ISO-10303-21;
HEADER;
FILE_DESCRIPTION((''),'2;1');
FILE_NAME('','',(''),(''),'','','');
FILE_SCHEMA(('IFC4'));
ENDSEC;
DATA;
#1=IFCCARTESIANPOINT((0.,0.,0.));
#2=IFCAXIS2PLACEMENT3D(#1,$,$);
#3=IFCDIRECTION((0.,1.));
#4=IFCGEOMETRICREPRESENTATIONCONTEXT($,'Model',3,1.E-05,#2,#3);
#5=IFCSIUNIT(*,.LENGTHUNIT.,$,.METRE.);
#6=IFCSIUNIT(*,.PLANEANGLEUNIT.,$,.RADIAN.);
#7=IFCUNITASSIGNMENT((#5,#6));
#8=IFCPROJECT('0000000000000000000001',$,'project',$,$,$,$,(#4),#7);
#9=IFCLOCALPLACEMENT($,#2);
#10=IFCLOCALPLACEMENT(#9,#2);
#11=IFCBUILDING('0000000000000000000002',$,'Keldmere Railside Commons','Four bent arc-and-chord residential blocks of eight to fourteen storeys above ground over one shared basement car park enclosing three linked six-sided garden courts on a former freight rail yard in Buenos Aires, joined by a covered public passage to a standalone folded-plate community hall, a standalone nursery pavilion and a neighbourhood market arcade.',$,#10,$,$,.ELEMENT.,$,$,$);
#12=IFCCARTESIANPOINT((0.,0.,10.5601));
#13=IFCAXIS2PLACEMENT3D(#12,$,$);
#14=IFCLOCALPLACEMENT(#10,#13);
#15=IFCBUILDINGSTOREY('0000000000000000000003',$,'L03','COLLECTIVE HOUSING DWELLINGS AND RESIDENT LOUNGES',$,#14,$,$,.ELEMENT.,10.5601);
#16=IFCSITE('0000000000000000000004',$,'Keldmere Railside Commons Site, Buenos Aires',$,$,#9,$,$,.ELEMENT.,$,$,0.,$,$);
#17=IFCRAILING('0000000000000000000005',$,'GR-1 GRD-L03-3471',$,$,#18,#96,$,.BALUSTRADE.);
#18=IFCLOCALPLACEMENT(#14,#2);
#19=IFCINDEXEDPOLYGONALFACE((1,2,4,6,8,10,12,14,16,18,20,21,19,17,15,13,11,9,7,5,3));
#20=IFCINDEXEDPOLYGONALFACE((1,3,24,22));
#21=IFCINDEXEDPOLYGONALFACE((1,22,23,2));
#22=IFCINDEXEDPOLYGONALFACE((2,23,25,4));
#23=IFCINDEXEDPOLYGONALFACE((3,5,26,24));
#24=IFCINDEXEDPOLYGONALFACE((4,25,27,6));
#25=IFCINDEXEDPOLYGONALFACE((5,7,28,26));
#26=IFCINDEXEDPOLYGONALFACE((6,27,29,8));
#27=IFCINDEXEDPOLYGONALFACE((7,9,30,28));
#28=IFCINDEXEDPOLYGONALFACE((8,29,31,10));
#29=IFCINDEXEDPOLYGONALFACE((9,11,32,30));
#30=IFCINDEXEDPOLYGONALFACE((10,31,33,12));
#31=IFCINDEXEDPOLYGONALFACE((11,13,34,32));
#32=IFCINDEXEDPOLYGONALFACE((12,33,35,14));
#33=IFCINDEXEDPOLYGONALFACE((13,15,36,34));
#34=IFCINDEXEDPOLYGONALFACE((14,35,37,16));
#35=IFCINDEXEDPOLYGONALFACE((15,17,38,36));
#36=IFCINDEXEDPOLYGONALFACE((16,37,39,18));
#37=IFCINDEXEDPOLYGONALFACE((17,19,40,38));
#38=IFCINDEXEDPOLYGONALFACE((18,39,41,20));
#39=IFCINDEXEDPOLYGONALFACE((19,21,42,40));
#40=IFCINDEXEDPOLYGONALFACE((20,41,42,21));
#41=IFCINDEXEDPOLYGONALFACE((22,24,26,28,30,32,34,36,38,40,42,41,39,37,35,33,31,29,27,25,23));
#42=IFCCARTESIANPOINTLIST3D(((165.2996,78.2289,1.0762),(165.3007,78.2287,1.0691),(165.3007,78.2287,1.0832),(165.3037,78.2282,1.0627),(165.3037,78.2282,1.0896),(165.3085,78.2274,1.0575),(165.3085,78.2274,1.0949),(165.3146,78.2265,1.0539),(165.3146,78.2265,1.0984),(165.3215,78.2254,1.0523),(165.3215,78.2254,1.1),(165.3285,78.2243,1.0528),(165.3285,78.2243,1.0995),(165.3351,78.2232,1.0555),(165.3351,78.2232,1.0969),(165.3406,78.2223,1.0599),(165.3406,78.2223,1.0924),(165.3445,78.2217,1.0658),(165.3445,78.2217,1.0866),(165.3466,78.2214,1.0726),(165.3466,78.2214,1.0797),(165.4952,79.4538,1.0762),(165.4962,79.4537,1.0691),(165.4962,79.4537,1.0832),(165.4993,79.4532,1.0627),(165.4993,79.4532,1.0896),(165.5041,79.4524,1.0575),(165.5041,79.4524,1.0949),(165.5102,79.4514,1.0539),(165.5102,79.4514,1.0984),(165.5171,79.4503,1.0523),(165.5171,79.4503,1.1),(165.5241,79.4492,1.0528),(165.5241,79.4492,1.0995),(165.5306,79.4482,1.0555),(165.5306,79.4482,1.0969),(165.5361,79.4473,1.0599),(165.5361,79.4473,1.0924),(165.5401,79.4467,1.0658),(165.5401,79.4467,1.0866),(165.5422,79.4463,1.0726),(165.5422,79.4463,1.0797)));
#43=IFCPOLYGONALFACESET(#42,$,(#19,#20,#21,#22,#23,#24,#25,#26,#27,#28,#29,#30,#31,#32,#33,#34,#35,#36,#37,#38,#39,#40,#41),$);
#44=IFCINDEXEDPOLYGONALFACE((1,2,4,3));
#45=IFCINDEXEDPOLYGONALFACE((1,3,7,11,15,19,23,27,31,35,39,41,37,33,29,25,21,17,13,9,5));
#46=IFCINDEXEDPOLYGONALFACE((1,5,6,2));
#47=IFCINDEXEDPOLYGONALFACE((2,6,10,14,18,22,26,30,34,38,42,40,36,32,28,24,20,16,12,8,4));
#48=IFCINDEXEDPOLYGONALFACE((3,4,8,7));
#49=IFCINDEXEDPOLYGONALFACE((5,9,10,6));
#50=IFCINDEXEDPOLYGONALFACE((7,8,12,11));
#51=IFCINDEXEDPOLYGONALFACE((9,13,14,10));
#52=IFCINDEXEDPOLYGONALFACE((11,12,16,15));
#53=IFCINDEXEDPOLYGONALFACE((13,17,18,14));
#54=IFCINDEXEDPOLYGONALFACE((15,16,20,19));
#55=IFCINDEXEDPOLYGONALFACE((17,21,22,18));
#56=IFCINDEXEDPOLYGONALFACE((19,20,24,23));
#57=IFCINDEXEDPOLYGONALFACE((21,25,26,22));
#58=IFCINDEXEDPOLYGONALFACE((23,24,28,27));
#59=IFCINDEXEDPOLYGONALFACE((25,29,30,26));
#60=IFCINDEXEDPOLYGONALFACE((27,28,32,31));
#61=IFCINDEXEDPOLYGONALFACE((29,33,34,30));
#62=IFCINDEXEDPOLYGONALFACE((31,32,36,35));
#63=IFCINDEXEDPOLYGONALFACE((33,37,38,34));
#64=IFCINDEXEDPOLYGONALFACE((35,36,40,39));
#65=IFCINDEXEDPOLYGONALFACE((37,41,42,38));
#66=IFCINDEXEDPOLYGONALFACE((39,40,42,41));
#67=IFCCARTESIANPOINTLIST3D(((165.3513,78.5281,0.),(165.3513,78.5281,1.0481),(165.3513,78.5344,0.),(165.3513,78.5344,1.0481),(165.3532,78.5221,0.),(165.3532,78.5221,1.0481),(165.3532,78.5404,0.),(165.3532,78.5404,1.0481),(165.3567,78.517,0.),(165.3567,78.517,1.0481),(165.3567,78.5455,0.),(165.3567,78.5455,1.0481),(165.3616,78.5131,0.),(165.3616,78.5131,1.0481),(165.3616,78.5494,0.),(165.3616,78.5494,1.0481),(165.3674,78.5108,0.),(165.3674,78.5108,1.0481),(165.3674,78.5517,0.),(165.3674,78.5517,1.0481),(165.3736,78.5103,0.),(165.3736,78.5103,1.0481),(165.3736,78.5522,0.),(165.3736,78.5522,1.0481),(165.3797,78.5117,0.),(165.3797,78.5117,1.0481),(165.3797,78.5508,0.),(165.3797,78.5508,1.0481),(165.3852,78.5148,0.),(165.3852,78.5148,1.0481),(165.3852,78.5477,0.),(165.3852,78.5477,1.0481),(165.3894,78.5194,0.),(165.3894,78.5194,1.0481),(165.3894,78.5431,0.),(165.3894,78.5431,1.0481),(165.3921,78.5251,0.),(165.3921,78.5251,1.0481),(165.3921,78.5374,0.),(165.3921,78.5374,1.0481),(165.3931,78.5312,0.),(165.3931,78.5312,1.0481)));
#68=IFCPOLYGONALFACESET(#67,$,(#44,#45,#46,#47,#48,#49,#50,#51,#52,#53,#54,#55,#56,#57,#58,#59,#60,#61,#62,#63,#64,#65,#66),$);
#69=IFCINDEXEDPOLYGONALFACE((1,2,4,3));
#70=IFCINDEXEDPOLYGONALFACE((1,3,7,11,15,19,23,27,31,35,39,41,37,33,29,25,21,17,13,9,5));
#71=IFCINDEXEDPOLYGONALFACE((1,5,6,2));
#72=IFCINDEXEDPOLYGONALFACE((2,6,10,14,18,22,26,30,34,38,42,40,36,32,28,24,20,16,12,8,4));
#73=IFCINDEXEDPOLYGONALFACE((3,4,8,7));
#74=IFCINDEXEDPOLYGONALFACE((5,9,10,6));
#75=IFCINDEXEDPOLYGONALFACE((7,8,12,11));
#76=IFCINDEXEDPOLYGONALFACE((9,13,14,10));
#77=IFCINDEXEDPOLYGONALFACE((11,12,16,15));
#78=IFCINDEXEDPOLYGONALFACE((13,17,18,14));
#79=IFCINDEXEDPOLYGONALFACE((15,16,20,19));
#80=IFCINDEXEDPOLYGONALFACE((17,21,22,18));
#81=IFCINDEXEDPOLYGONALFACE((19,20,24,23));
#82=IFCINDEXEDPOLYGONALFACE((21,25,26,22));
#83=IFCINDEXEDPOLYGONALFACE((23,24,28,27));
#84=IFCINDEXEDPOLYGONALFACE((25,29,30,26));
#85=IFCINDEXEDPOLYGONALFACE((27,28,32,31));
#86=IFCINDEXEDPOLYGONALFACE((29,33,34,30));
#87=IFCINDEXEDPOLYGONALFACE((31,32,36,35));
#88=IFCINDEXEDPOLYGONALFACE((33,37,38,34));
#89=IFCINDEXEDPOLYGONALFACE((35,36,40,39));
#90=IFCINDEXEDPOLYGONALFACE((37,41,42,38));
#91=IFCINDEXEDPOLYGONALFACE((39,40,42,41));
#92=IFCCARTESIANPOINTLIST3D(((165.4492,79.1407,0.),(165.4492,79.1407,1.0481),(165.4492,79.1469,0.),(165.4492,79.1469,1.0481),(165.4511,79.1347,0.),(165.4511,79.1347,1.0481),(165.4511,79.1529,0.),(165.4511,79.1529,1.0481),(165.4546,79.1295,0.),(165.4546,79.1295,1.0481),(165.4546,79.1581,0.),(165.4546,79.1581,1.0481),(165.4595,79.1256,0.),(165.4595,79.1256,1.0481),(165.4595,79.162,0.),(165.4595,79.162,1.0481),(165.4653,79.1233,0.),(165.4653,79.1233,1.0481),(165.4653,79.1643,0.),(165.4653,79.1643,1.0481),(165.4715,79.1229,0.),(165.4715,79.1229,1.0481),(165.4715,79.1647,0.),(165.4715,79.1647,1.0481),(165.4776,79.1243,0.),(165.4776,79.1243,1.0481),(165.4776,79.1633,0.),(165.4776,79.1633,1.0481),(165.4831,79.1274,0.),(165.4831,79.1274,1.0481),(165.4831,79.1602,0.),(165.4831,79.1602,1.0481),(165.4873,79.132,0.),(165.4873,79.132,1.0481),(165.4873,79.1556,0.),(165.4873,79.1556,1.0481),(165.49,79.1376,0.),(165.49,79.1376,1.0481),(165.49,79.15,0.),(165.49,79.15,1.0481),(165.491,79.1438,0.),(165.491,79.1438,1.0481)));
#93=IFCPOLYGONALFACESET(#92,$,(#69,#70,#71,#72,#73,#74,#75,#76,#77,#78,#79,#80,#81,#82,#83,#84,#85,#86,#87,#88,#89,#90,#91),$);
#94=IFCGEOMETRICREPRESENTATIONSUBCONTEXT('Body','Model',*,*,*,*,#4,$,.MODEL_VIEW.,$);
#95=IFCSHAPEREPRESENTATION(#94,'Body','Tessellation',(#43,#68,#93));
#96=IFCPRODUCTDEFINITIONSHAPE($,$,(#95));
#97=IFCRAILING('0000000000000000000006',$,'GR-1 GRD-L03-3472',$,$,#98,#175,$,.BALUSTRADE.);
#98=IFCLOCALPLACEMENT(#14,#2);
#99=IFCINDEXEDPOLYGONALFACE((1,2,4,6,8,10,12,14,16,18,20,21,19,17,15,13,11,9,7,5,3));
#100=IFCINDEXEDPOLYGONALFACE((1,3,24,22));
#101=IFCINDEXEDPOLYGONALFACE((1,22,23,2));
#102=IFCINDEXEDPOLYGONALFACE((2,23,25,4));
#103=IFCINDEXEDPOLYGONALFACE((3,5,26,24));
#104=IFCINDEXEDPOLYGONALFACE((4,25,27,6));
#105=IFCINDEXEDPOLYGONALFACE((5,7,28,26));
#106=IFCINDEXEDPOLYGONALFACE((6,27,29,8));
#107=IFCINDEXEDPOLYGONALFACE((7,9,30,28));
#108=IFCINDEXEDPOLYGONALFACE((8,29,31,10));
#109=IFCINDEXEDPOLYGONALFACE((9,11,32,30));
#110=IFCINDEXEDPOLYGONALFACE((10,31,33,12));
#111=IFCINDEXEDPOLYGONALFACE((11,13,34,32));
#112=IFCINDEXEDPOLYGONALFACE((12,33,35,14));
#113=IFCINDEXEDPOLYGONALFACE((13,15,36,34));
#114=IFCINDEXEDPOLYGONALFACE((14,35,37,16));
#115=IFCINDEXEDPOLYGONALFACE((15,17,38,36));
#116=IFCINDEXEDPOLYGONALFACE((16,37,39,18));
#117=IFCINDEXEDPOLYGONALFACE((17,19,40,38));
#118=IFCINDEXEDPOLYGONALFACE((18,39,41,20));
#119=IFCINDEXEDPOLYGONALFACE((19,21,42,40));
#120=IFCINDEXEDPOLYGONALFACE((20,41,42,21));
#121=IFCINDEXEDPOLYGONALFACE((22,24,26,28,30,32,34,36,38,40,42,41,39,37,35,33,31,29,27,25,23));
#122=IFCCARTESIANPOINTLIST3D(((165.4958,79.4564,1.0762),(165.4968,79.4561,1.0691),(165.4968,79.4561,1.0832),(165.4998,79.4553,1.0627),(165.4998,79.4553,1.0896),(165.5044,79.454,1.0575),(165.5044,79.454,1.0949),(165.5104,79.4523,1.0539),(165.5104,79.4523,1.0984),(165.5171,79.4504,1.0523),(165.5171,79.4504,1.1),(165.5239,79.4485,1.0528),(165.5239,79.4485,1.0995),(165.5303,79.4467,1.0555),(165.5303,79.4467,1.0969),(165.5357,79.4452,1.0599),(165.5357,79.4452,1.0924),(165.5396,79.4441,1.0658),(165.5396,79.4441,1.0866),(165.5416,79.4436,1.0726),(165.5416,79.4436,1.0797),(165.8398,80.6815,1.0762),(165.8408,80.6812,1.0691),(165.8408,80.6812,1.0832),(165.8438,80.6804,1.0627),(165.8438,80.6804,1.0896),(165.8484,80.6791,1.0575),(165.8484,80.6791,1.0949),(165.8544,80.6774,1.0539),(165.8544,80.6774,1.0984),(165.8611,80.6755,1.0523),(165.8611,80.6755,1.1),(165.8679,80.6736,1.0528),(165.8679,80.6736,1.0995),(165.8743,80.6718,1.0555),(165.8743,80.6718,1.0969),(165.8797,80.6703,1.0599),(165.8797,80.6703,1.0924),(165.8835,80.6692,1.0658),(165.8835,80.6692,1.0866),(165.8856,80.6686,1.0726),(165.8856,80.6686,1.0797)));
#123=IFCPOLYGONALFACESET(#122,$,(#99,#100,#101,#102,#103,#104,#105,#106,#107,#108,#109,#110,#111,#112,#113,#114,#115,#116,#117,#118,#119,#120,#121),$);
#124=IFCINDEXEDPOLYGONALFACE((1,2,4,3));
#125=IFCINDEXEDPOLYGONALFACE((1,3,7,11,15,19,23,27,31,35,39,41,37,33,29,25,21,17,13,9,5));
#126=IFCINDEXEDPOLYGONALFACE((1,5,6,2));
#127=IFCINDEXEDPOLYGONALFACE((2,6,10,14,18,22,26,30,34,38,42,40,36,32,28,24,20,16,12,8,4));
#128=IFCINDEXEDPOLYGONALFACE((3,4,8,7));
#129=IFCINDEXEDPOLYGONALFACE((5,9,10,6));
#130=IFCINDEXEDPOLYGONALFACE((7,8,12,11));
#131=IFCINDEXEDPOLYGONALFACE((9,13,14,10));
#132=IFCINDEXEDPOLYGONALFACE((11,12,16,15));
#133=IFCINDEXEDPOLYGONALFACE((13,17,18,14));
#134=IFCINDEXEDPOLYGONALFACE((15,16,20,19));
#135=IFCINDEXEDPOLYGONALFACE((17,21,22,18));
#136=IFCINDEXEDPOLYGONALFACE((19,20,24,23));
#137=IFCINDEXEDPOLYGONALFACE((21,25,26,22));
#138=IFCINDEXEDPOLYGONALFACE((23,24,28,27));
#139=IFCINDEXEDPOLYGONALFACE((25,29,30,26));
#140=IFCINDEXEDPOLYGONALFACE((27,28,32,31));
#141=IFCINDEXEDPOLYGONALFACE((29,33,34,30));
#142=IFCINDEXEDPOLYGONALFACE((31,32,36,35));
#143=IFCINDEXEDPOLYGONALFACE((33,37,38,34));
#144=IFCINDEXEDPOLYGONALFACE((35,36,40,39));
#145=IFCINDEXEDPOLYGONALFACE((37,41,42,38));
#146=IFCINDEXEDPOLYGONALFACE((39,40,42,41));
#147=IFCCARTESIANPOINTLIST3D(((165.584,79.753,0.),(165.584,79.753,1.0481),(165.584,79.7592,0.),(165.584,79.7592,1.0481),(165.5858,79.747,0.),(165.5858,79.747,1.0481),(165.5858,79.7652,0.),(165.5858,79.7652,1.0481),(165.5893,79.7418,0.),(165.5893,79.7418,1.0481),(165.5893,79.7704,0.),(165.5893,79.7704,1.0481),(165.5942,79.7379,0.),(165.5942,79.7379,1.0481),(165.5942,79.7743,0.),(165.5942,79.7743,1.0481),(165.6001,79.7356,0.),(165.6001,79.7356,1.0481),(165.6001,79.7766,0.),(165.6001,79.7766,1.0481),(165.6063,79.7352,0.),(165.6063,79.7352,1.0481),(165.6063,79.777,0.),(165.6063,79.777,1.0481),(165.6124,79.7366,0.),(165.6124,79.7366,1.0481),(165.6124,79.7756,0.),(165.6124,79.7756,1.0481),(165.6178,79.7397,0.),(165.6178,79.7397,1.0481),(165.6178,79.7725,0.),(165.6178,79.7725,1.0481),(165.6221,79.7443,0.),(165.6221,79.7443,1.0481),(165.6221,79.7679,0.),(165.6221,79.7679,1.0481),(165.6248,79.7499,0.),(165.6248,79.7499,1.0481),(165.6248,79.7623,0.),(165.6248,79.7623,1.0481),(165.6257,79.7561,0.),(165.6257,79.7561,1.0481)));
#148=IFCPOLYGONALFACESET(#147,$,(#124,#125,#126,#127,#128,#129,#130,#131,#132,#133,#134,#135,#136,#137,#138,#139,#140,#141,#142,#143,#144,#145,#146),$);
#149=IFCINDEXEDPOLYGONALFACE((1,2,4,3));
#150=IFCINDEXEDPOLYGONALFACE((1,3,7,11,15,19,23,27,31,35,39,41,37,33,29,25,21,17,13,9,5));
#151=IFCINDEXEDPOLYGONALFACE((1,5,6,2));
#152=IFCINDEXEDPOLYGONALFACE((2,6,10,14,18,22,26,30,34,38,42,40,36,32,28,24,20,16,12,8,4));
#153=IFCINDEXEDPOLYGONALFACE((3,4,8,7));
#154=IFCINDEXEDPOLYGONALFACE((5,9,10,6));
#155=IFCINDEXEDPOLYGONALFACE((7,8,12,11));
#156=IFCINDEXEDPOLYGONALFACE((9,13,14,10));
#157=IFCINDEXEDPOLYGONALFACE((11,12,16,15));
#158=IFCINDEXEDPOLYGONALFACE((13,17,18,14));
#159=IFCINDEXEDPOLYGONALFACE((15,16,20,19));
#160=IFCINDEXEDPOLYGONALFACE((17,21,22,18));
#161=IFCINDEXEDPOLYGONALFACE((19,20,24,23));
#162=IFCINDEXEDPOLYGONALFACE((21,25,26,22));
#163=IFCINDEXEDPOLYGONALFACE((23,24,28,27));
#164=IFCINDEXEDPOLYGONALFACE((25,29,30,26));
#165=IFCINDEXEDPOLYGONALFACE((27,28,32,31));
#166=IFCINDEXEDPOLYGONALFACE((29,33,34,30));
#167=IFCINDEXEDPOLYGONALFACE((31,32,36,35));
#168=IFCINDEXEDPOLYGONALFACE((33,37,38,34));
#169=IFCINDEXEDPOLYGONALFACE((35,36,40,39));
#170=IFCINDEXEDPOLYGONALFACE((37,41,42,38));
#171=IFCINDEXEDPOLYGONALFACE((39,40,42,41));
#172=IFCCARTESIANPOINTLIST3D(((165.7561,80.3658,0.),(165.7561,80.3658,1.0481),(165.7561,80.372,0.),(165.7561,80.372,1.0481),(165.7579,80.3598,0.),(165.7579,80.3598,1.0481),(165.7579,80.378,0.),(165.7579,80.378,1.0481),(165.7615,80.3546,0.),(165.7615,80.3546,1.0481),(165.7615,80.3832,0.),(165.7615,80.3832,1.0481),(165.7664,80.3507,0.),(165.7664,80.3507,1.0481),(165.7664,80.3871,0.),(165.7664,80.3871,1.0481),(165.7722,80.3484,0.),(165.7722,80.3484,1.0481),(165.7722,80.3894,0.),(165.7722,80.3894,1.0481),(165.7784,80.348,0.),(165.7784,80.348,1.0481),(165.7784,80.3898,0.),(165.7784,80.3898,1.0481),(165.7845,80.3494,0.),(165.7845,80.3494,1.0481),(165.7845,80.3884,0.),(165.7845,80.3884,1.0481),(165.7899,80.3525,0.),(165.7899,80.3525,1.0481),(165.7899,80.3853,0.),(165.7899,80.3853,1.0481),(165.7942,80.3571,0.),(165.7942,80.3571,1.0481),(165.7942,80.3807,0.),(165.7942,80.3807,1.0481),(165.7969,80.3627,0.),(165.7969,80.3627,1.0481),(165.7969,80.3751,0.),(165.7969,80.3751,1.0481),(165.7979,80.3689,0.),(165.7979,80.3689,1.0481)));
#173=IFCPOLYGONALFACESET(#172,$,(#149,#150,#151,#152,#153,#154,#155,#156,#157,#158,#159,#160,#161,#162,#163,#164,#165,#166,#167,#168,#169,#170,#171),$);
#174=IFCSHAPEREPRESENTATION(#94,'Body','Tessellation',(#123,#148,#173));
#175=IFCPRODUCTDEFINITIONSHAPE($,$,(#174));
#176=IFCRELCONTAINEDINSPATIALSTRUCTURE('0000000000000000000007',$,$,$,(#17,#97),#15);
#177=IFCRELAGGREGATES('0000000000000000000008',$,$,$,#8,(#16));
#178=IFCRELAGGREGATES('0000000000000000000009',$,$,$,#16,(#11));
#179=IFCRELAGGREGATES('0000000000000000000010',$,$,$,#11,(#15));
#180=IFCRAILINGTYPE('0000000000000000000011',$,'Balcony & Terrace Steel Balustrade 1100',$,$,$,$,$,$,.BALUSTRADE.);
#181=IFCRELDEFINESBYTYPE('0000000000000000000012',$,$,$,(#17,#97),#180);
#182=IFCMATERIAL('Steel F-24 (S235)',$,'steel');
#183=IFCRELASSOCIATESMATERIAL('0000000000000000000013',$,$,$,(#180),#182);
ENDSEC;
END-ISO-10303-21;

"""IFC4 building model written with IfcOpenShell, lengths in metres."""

from ifc_helpers import new_model, si_unit, direction, frame, origin, origin_2d, place, context, subcontext, project, spatial, circle, extrude, material, type_object, element, save


model = new_model("IFC4")

# Units and contexts
model_context = context("Model", 3, precision=1e-05, world=origin(), true_north=direction((0.0, 1.0)))
body_context = subcontext(model_context, "Body", "Model", "MODEL_VIEW")
ifc_project = project(units=[si_unit("LENGTHUNIT", "METRE"), si_unit("PLANEANGLEUNIT", "RADIAN")], contexts=[model_context])

# Site, building, storey
site_placement = place(None, origin())
site = spatial("IfcSite", under=ifc_project, at=site_placement, Name="Keldmere Railside Commons Site, Buenos Aires", CompositionType="ELEMENT", RefElevation=0.0)
building_placement = place(site_placement, origin())
building = spatial("IfcBuilding", under=site, at=building_placement, Name="Keldmere Railside Commons", Description="Four bent arc-and-chord residential blocks of eight to fourteen storeys above ground over one shared basement car park enclosing three linked six-sided garden courts on a former freight rail yard in Buenos Aires, joined by a covered public passage to a standalone folded-plate community hall, a standalone nursery pavilion and a neighbourhood market arcade.", CompositionType="ELEMENT")
storey_placement = place(building_placement, frame((0.0, 0.0, 10.5601)))
storey = spatial("IfcBuildingStorey", under=building, at=storey_placement, Name="L03", Description="COLLECTIVE HOUSING DWELLINGS AND RESIDENT LOUNGES", CompositionType="ELEMENT", Elevation=10.5601)

# Railings
ifc_material_1 = material(Name="Steel F-24 (S235)", Category="steel")
railing_type = type_object("IfcRailingType", Name="Balcony & Terrace Steel Balustrade 1100", PredefinedType="BALUSTRADE", material=ifc_material_1)
railing_1_placement = place(storey_placement, frame((165.3232, 78.2251, 0.0)))
element("IfcRailing", 1, at=railing_1_placement, inside=storey, type_object=railing_type, Name="GR-1 GRD-L03-3471", PredefinedType="BALUSTRADE", context=body_context, shape_type="SweptSolid", body=[
    extrude(circle(Radius=0.0239, at=origin_2d()), frame((0.0, 0.0, 1.0762), z_axis=(0.15766, 0.987493, 0.0), x_axis=(-0.987493, 0.15766, 0.0)), (0.0, 0.0, 1.0), 1.2405),
    extrude(circle(Radius=0.021, at=origin_2d()), frame((0.0488, 0.3062, 0.0)), (0.0, 0.0, 1.0), 1.0481),
    extrude(circle(Radius=0.021, at=origin_2d()), frame((0.1467, 0.9187, 0.0)), (0.0, 0.0, 1.0), 1.0481),
])
railing_2_placement = place(storey_placement, frame((165.5188, 79.45, 0.0)))
element("IfcRailing", 2, at=railing_2_placement, inside=storey, type_object=railing_type, Name="GR-1 GRD-L03-3472", PredefinedType="BALUSTRADE", context=body_context, shape_type="SweptSolid", body=[
    extrude(circle(Radius=0.0239, at=origin_2d()), frame((0.0, 0.0, 1.0762), z_axis=(0.270334, 0.962766, 0.0), x_axis=(-0.962766, 0.270334, 0.0)), (0.0, 0.0, 1.0), 1.2725),
    extrude(circle(Radius=0.021, at=origin_2d()), frame((0.0859, 0.3062, 0.0)), (0.0, 0.0, 1.0), 1.0481),
    extrude(circle(Radius=0.021, at=origin_2d()), frame((0.2581, 0.9189, 0.0)), (0.0, 0.0, 1.0), 1.0481),
])

save(model, "model.ifc")
